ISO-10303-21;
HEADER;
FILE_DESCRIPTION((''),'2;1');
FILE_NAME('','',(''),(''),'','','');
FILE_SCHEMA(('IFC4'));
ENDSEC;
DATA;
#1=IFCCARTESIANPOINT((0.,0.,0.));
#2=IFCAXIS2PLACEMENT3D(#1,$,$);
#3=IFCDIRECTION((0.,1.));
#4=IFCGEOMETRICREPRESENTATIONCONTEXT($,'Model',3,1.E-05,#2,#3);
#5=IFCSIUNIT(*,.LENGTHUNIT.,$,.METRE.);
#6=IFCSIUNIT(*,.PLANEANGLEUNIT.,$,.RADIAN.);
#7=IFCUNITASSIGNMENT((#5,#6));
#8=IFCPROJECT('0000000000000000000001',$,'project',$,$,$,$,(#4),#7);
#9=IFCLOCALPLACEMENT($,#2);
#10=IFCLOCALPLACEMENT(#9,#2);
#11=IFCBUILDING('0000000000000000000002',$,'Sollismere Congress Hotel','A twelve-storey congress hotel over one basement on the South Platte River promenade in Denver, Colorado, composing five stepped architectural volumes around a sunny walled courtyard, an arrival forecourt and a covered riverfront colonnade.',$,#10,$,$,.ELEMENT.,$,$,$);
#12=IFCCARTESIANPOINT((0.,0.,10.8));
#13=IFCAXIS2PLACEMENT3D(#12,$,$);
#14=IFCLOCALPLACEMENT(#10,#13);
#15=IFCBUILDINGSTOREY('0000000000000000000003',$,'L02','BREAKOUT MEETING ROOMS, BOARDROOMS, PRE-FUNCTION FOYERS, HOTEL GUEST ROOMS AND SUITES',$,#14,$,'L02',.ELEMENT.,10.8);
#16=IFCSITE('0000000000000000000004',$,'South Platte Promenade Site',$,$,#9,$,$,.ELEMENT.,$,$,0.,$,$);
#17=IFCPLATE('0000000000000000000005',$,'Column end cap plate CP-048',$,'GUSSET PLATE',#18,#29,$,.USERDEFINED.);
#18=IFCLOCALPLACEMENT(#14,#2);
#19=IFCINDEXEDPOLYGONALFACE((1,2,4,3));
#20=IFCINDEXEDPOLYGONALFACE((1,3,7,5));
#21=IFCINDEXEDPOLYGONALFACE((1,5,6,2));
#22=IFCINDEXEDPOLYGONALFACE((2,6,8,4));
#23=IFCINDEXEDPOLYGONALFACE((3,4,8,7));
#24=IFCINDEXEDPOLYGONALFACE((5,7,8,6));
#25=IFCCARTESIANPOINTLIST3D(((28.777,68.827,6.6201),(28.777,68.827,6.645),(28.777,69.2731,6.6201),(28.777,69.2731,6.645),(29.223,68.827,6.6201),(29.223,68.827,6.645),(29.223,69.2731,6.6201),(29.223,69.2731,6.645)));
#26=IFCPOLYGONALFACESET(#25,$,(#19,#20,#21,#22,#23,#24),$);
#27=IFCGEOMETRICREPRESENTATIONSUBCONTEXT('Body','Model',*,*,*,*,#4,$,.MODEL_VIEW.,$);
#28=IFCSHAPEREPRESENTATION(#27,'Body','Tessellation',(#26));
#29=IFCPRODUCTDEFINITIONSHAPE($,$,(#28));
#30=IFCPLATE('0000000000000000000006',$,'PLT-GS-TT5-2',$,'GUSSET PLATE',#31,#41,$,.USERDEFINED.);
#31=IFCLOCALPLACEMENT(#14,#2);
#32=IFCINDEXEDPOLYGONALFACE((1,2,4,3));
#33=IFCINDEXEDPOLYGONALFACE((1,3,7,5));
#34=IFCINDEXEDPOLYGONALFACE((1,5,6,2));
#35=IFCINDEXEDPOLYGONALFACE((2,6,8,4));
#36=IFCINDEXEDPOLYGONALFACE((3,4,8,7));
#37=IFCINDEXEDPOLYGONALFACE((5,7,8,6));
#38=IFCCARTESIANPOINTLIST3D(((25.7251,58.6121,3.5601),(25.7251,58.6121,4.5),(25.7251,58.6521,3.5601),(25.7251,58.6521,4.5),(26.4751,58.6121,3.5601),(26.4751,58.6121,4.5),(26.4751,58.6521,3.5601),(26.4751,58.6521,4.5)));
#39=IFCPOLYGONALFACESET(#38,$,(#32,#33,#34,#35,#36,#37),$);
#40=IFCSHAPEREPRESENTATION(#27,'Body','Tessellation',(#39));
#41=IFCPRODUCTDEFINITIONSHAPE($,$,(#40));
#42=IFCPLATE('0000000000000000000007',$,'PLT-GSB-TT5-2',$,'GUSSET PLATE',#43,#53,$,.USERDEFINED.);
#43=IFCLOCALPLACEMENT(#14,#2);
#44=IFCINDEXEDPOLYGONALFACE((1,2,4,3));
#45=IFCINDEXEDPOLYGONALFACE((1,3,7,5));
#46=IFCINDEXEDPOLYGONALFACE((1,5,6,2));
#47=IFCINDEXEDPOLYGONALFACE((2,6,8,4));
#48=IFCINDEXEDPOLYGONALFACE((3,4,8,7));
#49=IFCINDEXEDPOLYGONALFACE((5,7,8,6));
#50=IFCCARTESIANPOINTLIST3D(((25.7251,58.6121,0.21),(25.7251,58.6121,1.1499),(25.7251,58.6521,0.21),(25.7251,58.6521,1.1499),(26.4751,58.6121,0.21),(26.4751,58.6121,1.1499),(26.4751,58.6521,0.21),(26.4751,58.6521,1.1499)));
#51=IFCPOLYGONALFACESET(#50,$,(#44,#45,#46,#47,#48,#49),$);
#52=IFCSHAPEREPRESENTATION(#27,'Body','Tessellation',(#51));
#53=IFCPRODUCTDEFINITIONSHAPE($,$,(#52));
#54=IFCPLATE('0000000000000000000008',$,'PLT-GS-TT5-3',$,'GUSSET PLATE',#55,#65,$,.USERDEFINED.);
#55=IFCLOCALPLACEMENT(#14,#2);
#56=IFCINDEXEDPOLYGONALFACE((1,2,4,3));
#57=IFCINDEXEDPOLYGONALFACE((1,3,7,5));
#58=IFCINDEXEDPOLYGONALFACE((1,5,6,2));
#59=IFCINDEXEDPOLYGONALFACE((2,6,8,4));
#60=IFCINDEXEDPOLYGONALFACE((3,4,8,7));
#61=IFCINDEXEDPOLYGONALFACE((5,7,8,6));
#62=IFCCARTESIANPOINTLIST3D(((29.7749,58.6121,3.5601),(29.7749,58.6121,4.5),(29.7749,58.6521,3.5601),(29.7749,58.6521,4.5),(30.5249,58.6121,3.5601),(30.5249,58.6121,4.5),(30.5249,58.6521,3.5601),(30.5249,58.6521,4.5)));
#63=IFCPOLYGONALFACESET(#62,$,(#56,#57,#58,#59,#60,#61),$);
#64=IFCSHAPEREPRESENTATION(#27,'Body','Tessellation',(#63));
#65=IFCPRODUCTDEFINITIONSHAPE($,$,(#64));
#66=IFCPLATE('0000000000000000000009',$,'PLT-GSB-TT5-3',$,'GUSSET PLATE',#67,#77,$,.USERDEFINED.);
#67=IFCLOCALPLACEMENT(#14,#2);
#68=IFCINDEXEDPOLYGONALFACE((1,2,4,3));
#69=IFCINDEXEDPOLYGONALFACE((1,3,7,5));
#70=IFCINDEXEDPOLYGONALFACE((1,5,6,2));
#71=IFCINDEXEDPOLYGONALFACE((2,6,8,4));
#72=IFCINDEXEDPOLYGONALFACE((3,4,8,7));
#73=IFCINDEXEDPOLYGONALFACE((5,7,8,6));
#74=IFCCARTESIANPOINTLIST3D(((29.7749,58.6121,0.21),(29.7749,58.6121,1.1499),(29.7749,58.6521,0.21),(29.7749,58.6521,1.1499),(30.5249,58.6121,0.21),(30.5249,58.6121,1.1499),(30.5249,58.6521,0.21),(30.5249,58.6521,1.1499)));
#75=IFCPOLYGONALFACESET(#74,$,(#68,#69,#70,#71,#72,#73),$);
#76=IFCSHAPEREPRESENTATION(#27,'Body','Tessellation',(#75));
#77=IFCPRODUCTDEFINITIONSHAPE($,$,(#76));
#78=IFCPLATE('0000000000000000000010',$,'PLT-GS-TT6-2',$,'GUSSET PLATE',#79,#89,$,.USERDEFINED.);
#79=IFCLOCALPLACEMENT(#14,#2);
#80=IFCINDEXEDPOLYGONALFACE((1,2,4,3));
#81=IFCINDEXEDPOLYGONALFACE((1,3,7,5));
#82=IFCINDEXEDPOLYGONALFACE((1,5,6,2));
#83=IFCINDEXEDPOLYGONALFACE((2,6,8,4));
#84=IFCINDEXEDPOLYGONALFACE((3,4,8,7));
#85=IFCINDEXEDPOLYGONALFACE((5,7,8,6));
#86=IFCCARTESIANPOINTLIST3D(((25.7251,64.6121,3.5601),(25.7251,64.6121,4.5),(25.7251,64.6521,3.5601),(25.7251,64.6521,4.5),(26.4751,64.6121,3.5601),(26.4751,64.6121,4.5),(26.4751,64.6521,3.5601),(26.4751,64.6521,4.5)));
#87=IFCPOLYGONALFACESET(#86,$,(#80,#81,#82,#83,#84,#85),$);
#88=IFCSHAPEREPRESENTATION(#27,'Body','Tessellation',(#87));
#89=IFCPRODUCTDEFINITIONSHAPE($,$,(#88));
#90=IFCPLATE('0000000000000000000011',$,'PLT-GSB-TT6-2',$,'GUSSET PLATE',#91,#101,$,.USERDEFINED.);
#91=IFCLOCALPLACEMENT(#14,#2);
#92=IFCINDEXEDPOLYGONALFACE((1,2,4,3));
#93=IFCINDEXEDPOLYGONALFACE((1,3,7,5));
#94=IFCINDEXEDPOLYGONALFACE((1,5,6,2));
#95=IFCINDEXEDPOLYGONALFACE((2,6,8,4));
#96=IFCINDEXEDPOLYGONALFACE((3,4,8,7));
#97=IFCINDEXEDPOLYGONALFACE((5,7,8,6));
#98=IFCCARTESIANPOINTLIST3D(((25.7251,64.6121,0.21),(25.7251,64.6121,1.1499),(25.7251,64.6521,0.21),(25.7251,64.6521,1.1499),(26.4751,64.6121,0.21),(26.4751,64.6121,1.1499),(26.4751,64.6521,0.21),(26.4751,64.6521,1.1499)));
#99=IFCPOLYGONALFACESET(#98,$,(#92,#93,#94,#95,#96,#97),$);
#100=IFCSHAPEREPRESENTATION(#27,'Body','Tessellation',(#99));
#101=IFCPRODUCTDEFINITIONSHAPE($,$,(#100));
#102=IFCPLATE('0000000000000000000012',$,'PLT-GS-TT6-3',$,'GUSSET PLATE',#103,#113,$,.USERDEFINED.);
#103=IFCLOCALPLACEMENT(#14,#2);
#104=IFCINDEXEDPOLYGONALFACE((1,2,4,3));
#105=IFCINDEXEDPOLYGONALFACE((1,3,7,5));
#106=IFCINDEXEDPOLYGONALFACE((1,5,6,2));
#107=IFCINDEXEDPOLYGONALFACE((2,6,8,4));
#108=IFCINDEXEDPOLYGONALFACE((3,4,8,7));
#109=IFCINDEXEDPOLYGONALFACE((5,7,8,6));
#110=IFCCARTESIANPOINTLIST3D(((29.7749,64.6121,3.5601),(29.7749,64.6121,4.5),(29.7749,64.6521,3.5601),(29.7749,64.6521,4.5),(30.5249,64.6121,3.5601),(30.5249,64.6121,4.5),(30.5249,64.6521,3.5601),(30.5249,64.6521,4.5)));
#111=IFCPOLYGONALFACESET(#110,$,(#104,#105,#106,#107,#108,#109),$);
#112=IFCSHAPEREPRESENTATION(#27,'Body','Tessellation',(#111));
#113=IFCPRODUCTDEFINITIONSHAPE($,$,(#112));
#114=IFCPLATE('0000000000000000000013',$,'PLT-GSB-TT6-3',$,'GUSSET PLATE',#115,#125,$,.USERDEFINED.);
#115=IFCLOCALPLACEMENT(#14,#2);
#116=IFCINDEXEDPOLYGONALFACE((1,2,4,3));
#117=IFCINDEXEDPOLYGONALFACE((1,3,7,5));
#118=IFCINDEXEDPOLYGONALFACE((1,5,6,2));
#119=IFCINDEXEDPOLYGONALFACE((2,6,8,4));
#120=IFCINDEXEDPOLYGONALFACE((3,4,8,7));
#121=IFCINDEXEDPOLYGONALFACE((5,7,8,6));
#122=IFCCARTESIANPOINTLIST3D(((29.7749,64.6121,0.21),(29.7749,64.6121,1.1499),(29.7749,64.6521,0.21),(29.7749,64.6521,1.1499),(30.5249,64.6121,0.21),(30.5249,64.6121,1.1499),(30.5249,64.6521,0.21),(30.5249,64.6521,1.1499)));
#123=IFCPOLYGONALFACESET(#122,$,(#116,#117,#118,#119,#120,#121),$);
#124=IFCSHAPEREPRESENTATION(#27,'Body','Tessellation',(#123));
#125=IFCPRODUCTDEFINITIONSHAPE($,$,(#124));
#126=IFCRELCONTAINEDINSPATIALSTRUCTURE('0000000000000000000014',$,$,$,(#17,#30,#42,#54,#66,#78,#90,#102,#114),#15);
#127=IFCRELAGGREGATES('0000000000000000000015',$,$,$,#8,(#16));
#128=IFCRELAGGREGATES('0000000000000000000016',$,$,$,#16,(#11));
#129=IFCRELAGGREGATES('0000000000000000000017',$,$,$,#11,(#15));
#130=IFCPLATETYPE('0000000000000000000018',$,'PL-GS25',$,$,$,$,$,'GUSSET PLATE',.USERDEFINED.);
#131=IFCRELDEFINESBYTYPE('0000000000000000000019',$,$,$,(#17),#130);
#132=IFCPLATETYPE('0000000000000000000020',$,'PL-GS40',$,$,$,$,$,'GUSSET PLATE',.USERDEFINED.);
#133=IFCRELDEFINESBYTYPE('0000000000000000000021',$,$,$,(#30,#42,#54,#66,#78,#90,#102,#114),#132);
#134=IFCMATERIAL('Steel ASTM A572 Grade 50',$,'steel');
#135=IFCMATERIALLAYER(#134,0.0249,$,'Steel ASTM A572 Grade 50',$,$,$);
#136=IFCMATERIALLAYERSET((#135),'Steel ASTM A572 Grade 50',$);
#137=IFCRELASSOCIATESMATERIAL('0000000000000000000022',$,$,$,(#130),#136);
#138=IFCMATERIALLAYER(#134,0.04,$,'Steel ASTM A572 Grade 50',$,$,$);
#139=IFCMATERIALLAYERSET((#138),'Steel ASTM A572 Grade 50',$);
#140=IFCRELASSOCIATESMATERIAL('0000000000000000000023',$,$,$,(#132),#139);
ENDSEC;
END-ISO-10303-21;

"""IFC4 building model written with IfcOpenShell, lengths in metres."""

from ifc_helpers import new_model, si_unit, direction, frame, origin, origin_2d, place, context, subcontext, project, spatial, rectangle, extrude, material, layer, layer_set, type_object, element, save


model = new_model("IFC4")

# Units and contexts
model_context = context("Model", 3, precision=1e-05, world=origin(), true_north=direction((0.0, 1.0)))
body_context = subcontext(model_context, "Body", "Model", "MODEL_VIEW")
ifc_project = project(units=[si_unit("LENGTHUNIT", "METRE"), si_unit("PLANEANGLEUNIT", "RADIAN")], contexts=[model_context])

# Site, building, storey
site_placement = place(None, origin())
site = spatial("IfcSite", under=ifc_project, at=site_placement, Name="South Platte Promenade Site", CompositionType="ELEMENT", RefElevation=0.0)
building_placement = place(site_placement, origin())
building = spatial("IfcBuilding", under=site, at=building_placement, Name="Sollismere Congress Hotel", Description="A twelve-storey congress hotel over one basement on the South Platte River promenade in Denver, Colorado, composing five stepped architectural volumes around a sunny walled courtyard, an arrival forecourt and a covered riverfront colonnade.", CompositionType="ELEMENT")
storey_placement = place(building_placement, frame((0.0, 0.0, 10.8)))
storey = spatial("IfcBuildingStorey", under=building, at=storey_placement, Name="L02", Description="BREAKOUT MEETING ROOMS, BOARDROOMS, PRE-FUNCTION FOYERS, HOTEL GUEST ROOMS AND SUITES", LongName="L02", CompositionType="ELEMENT", Elevation=10.8)

# Plates
ifc_material_1 = material(Name="Steel ASTM A572 Grade 50", Category="steel")
ifc_layer_1 = layer(ifc_material_1, 0.0249, Name="Steel ASTM A572 Grade 50")
ifc_layer_set_1 = layer_set([ifc_layer_1], Name="Steel ASTM A572 Grade 50")
plate_type_1 = type_object("IfcPlateType", Name="PL-GS25", ElementType="GUSSET PLATE", PredefinedType="USERDEFINED", material=ifc_layer_set_1)
plate_placement = place(storey_placement, frame((29.0, 69.05, 6.6201), z_axis=(0.0, 0.0, 1.0), x_axis=(0.0, -1.0, 0.0)))
element("IfcPlate", 1, at=plate_placement, inside=storey, type_object=plate_type_1, Name="Column end cap plate CP-048", ObjectType="GUSSET PLATE", PredefinedType="USERDEFINED", context=body_context, shape_type="SweptSolid", body=[
    extrude(rectangle(XDim=0.446, YDim=0.446, at=origin_2d()), origin(), (0.0, 0.0, 1.0), 0.0249),
])
ifc_layer_2 = layer(ifc_material_1, 0.04, Name="Steel ASTM A572 Grade 50")
ifc_layer_set_2 = layer_set([ifc_layer_2], Name="Steel ASTM A572 Grade 50")
plate_type_2 = type_object("IfcPlateType", Name="PL-GS40", ElementType="GUSSET PLATE", PredefinedType="USERDEFINED", material=ifc_layer_set_2)
for number, where, z_axis, x_axis, name in (
    (2, (26.1001, 58.6321, 3.5601), (0.0, 0.0, 1.0), (1.0, 0.0, 0.0), "PLT-GS-TT5-2"),
    (3, (26.1001, 58.6321, 0.21), (0.0, 0.0, 1.0), (1.0, 0.0, 0.0), "PLT-GSB-TT5-2"),
    (4, (30.1499, 58.6321, 3.5601), (0.0, 0.0, 1.0), (1.0, 0.0, 0.0), "PLT-GS-TT5-3"),
    (5, (30.1499, 58.6321, 0.21), (0.0, 0.0, 1.0), (1.0, 0.0, 0.0), "PLT-GSB-TT5-3"),
    (6, (26.1001, 64.6321, 3.5601), (0.0, 0.0, 1.0), (1.0, 0.0, 0.0), "PLT-GS-TT6-2"),
    (7, (26.1001, 64.6321, 0.21), (0.0, 0.0, 1.0), (1.0, 0.0, 0.0), "PLT-GSB-TT6-2"),
    (8, (30.1499, 64.6321, 3.5601), (0.0, 0.0, 1.0), (1.0, 0.0, 0.0), "PLT-GS-TT6-3"),
    (9, (30.1499, 64.6321, 0.21), (0.0, 0.0, 1.0), (1.0, 0.0, 0.0), "PLT-GSB-TT6-3"),
):
    element("IfcPlate", number, at=place(storey_placement, frame(where, z_axis=z_axis, x_axis=x_axis)), inside=storey, type_object=plate_type_2, Name=name, ObjectType="GUSSET PLATE", PredefinedType="USERDEFINED", context=body_context, shape_type="SweptSolid", body=[
        extrude(rectangle(XDim=0.75, YDim=0.04, at=origin_2d()), origin(), (0.0, 0.0, 1.0), 0.9399),
    ])

save(model, "model.ifc")
